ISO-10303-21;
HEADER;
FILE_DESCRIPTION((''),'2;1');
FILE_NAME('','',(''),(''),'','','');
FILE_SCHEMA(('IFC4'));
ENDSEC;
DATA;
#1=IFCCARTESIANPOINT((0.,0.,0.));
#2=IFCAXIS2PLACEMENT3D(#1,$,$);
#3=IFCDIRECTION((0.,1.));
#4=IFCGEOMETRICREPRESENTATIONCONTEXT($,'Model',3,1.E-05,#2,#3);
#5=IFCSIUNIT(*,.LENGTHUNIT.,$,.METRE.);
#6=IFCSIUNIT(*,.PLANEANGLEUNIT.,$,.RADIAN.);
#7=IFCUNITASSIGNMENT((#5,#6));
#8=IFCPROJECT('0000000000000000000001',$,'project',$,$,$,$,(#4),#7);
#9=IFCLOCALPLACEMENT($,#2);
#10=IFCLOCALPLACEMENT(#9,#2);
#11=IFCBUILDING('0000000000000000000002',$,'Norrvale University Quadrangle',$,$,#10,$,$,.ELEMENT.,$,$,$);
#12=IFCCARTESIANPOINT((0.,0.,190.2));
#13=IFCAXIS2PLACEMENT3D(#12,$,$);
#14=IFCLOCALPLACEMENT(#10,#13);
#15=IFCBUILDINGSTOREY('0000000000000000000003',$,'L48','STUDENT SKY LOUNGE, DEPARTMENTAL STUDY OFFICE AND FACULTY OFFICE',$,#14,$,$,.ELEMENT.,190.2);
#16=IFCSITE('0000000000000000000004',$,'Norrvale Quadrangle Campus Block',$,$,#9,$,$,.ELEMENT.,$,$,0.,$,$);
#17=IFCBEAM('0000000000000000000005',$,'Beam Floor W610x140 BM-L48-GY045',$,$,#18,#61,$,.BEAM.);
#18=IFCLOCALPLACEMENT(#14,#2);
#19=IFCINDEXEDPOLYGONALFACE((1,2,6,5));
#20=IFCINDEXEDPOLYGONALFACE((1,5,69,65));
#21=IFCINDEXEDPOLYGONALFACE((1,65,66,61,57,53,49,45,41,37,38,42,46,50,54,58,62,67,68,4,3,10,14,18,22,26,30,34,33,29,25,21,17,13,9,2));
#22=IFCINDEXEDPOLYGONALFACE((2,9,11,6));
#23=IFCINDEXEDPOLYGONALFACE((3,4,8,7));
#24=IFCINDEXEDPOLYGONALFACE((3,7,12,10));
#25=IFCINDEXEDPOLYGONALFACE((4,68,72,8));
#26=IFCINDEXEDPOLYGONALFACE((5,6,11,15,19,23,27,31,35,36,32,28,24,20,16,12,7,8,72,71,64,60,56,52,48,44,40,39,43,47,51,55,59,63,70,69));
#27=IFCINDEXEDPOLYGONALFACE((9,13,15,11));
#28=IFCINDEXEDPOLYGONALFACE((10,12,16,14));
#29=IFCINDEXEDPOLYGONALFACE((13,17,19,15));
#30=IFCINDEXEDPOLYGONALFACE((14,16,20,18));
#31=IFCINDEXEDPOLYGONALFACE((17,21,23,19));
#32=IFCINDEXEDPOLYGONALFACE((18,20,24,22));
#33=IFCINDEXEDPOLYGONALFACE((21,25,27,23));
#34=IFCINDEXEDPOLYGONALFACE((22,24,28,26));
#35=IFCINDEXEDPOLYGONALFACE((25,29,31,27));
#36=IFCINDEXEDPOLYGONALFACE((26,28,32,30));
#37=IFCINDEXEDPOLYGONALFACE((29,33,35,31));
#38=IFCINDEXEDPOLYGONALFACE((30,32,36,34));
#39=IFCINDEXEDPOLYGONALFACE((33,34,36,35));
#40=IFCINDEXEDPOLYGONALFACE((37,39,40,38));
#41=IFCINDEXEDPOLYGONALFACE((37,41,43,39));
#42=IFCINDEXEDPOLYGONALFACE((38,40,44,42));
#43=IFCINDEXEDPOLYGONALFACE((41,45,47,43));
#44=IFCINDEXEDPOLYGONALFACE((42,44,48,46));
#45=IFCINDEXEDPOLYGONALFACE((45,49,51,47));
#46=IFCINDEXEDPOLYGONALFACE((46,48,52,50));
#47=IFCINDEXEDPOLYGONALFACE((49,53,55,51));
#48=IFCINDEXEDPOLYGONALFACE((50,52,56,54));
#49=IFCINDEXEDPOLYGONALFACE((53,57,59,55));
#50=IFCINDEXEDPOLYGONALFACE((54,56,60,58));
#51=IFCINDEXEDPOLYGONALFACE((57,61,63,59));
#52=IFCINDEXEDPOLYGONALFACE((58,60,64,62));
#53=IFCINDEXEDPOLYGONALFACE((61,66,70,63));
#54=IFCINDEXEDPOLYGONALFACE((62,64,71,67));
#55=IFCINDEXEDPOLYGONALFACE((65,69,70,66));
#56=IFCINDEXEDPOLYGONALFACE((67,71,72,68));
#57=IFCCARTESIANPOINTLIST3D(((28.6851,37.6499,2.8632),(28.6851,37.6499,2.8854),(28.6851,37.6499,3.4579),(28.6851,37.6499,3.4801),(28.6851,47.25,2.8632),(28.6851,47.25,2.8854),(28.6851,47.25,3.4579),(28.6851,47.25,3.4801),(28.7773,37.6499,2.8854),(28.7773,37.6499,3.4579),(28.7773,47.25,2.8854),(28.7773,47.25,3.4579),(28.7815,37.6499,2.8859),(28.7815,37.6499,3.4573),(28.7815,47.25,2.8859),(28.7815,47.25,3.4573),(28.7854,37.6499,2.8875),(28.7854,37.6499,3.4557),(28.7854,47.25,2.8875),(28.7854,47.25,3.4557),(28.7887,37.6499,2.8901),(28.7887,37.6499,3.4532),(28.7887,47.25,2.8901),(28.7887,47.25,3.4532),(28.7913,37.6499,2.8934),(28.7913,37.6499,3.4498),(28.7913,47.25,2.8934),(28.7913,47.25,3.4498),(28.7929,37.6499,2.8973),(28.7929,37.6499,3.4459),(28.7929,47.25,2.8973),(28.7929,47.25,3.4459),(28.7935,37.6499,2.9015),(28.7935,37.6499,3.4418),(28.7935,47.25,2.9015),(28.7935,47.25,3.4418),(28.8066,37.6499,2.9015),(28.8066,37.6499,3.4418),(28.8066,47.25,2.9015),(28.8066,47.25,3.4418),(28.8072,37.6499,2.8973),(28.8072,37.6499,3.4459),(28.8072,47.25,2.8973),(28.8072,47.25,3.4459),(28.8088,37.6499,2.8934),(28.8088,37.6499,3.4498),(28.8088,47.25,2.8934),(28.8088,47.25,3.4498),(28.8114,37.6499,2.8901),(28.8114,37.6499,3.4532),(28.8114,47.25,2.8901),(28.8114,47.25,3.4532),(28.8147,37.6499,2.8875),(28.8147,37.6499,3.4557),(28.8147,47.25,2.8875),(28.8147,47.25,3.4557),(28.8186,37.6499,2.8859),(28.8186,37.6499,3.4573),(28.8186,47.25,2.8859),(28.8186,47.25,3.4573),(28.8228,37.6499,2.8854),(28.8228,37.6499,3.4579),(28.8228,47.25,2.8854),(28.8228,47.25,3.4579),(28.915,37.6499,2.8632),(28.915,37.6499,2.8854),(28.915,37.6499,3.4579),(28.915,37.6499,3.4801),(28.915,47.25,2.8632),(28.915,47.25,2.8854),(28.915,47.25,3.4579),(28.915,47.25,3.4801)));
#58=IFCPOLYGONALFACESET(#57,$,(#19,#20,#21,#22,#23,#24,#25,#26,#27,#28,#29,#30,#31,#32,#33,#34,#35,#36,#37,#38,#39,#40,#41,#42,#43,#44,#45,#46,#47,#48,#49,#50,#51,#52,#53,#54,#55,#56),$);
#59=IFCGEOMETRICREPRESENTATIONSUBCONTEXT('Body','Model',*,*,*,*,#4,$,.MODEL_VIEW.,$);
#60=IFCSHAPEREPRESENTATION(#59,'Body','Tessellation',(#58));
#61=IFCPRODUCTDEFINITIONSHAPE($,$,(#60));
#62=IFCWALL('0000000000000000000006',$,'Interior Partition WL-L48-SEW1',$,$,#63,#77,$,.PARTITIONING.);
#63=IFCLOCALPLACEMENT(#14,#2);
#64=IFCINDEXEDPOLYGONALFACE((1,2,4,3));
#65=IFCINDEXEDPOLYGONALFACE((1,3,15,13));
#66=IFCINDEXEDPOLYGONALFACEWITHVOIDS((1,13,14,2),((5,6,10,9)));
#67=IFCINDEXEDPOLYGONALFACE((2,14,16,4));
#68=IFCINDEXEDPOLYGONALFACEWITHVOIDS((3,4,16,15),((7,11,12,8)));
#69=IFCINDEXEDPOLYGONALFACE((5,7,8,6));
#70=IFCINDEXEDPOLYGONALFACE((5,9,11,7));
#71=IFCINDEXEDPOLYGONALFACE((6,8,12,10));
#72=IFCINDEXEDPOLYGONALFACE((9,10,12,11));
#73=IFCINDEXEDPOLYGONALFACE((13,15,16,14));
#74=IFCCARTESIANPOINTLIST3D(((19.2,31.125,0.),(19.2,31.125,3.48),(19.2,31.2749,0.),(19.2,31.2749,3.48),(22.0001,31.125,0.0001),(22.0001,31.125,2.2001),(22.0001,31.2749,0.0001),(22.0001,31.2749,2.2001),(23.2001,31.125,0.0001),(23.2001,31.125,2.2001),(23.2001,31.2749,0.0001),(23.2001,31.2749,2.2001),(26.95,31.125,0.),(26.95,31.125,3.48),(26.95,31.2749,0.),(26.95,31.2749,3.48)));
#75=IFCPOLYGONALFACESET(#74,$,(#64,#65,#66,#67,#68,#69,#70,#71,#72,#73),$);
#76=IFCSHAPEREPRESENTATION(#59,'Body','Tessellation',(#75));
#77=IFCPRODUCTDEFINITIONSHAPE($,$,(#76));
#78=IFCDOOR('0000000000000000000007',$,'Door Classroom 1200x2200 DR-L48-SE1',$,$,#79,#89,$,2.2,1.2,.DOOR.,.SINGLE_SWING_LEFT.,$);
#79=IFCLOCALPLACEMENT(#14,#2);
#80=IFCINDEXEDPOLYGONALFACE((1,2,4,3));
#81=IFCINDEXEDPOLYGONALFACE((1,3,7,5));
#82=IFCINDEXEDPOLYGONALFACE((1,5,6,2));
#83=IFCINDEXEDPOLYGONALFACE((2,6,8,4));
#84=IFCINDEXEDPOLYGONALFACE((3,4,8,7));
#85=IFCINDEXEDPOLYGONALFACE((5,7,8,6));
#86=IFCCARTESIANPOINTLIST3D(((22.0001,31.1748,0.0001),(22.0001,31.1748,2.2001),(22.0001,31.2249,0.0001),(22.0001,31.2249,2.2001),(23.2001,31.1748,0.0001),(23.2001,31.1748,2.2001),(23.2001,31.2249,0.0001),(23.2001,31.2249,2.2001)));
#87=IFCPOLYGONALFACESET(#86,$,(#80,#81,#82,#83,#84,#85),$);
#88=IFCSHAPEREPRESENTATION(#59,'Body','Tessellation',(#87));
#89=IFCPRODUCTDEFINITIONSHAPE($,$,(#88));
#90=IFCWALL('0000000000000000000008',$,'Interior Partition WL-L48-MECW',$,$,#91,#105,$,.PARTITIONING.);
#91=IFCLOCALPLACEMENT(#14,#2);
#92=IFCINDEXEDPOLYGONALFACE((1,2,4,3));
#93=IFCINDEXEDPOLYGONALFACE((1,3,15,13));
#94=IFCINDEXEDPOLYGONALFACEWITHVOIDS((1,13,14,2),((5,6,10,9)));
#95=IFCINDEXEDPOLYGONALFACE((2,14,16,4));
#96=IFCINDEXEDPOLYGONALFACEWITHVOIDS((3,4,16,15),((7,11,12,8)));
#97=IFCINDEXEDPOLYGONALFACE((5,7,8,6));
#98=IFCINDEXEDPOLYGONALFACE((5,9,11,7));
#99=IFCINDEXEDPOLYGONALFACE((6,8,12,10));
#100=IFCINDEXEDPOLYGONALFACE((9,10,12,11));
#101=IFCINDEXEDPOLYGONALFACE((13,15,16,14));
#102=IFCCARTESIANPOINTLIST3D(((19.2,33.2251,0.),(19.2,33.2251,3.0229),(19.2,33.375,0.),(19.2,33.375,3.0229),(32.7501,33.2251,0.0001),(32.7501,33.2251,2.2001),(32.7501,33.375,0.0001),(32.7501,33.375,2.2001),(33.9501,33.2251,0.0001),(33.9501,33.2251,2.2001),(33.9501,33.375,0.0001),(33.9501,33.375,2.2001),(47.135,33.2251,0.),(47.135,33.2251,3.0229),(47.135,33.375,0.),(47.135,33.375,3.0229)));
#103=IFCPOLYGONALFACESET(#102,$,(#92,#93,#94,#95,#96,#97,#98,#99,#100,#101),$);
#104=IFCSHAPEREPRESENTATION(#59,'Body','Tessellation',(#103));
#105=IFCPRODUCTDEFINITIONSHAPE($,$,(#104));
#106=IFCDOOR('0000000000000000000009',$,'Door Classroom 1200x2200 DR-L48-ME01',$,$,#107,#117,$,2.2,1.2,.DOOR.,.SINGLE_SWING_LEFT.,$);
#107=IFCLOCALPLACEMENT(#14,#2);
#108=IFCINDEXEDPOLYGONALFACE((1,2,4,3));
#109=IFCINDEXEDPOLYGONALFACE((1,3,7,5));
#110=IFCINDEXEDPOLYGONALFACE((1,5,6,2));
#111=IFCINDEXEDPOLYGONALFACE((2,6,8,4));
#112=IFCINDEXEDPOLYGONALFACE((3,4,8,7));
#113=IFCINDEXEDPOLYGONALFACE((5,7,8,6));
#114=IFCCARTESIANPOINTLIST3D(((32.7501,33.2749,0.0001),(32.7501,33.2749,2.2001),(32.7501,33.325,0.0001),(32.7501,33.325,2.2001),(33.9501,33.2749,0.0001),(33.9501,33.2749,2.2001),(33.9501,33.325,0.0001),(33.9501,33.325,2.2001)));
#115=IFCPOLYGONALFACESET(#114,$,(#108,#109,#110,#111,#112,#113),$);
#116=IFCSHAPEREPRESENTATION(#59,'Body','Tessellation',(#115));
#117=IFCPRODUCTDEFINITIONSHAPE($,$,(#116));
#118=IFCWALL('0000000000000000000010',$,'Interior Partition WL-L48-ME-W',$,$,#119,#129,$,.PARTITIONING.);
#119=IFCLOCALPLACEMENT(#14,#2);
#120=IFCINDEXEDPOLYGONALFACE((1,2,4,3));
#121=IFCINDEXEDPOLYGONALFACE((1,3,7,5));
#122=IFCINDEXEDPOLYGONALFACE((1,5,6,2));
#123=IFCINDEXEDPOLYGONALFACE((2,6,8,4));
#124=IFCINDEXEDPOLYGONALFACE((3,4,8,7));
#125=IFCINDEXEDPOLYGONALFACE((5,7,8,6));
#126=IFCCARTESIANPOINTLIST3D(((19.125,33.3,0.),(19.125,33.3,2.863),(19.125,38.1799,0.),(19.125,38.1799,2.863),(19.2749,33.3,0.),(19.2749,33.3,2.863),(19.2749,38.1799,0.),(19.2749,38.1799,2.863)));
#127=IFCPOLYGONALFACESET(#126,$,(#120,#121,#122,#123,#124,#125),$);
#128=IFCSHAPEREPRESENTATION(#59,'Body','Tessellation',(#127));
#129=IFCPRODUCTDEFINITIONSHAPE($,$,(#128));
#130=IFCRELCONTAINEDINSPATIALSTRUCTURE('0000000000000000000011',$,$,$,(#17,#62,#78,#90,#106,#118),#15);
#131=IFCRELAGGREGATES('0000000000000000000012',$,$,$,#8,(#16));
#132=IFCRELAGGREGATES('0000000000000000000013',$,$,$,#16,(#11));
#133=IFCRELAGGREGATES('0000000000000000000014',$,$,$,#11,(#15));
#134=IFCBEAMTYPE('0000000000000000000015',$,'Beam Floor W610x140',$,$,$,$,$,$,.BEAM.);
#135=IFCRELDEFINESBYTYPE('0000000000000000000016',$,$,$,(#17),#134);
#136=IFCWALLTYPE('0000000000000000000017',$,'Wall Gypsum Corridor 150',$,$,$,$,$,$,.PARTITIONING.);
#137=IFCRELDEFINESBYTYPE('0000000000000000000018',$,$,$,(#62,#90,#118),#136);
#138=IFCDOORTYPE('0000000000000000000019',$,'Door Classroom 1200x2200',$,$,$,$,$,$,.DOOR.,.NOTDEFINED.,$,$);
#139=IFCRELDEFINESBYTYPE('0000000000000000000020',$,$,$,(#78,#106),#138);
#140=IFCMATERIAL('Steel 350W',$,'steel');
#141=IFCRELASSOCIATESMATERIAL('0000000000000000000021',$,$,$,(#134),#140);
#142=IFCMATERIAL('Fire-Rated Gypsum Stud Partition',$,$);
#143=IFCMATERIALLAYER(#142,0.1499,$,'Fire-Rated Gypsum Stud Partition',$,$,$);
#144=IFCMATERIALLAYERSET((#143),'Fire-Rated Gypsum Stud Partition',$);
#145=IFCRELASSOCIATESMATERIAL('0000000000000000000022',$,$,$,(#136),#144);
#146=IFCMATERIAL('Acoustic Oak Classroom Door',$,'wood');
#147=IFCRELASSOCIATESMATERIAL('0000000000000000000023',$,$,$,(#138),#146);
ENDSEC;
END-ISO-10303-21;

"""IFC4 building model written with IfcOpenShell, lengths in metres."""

from ifc_helpers import new_model, si_unit, direction, frame, frame_2d, origin, origin_2d, place, context, subcontext, project, spatial, rectangle, i_section, extrude, material, layer, layer_set, material_profile, profile_set, type_object, element, fill, save


model = new_model("IFC4")

# Units and contexts
model_context = context("Model", 3, precision=1e-05, world=origin(), true_north=direction((0.0, 1.0)))
body_context = subcontext(model_context, "Body", "Model", "MODEL_VIEW")
ifc_project = project(units=[si_unit("LENGTHUNIT", "METRE"), si_unit("PLANEANGLEUNIT", "RADIAN")], contexts=[model_context])

# Site, building, storey
site_placement = place(None, origin())
site = spatial("IfcSite", under=ifc_project, at=site_placement, Name="Norrvale Quadrangle Campus Block", CompositionType="ELEMENT", RefElevation=0.0)
building_placement = place(site_placement, origin())
building = spatial("IfcBuilding", under=site, at=building_placement, Name="Norrvale University Quadrangle", CompositionType="ELEMENT")
storey_placement = place(building_placement, frame((0.0, 0.0, 190.2)))
storey = spatial("IfcBuildingStorey", under=building, at=storey_placement, Name="L48", Description="STUDENT SKY LOUNGE, DEPARTMENTAL STUDY OFFICE AND FACULTY OFFICE", CompositionType="ELEMENT", Elevation=190.2)

# Beam
ifc_material_1 = material(Name="Steel 350W", Category="steel")
ifc_material_profile_1 = material_profile(ifc_material_1, i_section(OverallWidth=0.23, OverallDepth=0.6169, WebThickness=0.0132, FlangeThickness=0.0222, FilletRadius=0.0161, at=origin_2d()), Name="Steel 350W")
ifc_profile_set_1 = profile_set([ifc_material_profile_1], Name="Steel 350W")
beam_type_1 = type_object("IfcBeamType", Name="Beam Floor W610x140", PredefinedType="BEAM", material=ifc_profile_set_1)
beam_1_placement = place(storey_placement, frame((28.8, 37.6499, 3.1716), z_axis=(0.0, 1.0, 0.0), x_axis=(-1.0, 0.0, 0.0)))
element("IfcBeam", 1, at=beam_1_placement, inside=storey, type_object=beam_type_1, Name="Beam Floor W610x140 BM-L48-GY045", PredefinedType="BEAM", context=body_context, shape_type="SweptSolid", body=[
    extrude(i_section(OverallWidth=0.23, OverallDepth=0.6169, WebThickness=0.0132, FlangeThickness=0.0222, FilletRadius=0.0161, at=origin_2d()), origin(), (0.0, 0.0, 1.0), 9.6001),
])

# Walls, openings, doors
ifc_material_2 = material(Name="Fire-Rated Gypsum Stud Partition")
ifc_layer = layer(ifc_material_2, 0.1499, Name="Fire-Rated Gypsum Stud Partition")
ifc_layer_set = layer_set([ifc_layer], Name="Fire-Rated Gypsum Stud Partition")
wall_type = type_object("IfcWallType", Name="Wall Gypsum Corridor 150", PredefinedType="PARTITIONING", material=ifc_layer_set)
wall_1_placement = place(storey_placement, frame((19.2, 31.2, 0.0), z_axis=(0.0, 0.0, 1.0), x_axis=(1.0, 0.0, 0.0)))
wall_1 = element("IfcWall", 2, at=wall_1_placement, inside=storey, type_object=wall_type, Name="Interior Partition WL-L48-SEW1", PredefinedType="PARTITIONING", context=body_context, shape_type="SweptSolid", body=[
    extrude(rectangle(XDim=7.75, YDim=0.1499, at=frame_2d((3.875, 0.0))), origin(), (0.0, 0.0, 1.0), 3.48),
])
opening_1_placement = place(wall_1_placement, frame((2.8, 0.0, 0.0)))
opening_1 = element("IfcOpeningElement", 3, at=opening_1_placement, cuts=wall_1, PredefinedType="OPENING", context=body_context, shape_type="SweptSolid", body=[
    extrude(rectangle(XDim=1.2, YDim=2.2, at=frame_2d((0.6001, 1.1001))), frame((0.0, 0.0869, 0.0), z_axis=(0.0, -1.0, 0.0), x_axis=(1.0, 0.0, 0.0)), (0.0, 0.0, 1.0), 0.1738),
])
ifc_material_3 = material(Name="Acoustic Oak Classroom Door", Category="wood")
door_type = type_object("IfcDoorType", Name="Door Classroom 1200x2200", OperationType="NOTDEFINED", PredefinedType="DOOR", material=ifc_material_3)
door_1_placement = place(opening_1_placement, origin())
door_1 = element("IfcDoor", 4, at=door_1_placement, inside=storey, type_object=door_type, Name="Door Classroom 1200x2200 DR-L48-SE1", OperationType="SINGLE_SWING_LEFT", OverallHeight=2.2, OverallWidth=1.2, PredefinedType="DOOR", context=body_context, shape_type="SweptSolid", body=[
    extrude(rectangle(XDim=1.2, YDim=2.2, at=frame_2d((0.6001, 1.1001))), frame((0.0, 0.0249, 0.0), z_axis=(0.0, -1.0, 0.0), x_axis=(1.0, 0.0, 0.0)), (0.0, 0.0, 1.0), 0.05),
])
fill(opening_1, door_1)
wall_2_placement = place(storey_placement, frame((19.2, 33.3, 0.0), z_axis=(0.0, 0.0, 1.0), x_axis=(1.0, 0.0, 0.0)))
wall_2 = element("IfcWall", 5, at=wall_2_placement, inside=storey, type_object=wall_type, Name="Interior Partition WL-L48-MECW", PredefinedType="PARTITIONING", context=body_context, shape_type="SweptSolid", body=[
    extrude(rectangle(XDim=27.9351, YDim=0.1499, at=frame_2d((13.9675, 0.0))), origin(), (0.0, 0.0, 1.0), 3.0229),
])
opening_2_placement = place(wall_2_placement, frame((13.55, 0.0, 0.0)))
opening_2 = element("IfcOpeningElement", 6, at=opening_2_placement, cuts=wall_2, PredefinedType="OPENING", context=body_context, shape_type="SweptSolid", body=[
    extrude(rectangle(XDim=1.2, YDim=2.2, at=frame_2d((0.6001, 1.1001))), frame((0.0, 0.0869, 0.0), z_axis=(0.0, -1.0, 0.0), x_axis=(1.0, 0.0, 0.0)), (0.0, 0.0, 1.0), 0.1738),
])
door_2_placement = place(opening_2_placement, origin())
door_2 = element("IfcDoor", 7, at=door_2_placement, inside=storey, type_object=door_type, Name="Door Classroom 1200x2200 DR-L48-ME01", OperationType="SINGLE_SWING_LEFT", OverallHeight=2.2, OverallWidth=1.2, PredefinedType="DOOR", context=body_context, shape_type="SweptSolid", body=[
    extrude(rectangle(XDim=1.2, YDim=2.2, at=frame_2d((0.6001, 1.1001))), frame((0.0, 0.0249, 0.0), z_axis=(0.0, -1.0, 0.0), x_axis=(1.0, 0.0, 0.0)), (0.0, 0.0, 1.0), 0.05),
])
fill(opening_2, door_2)

# Wall
wall_3_placement = place(storey_placement, frame((19.2, 33.3, 0.0), z_axis=(0.0, 0.0, 1.0), x_axis=(0.0, 1.0, 0.0)))
element("IfcWall", 8, at=wall_3_placement, inside=storey, type_object=wall_type, Name="Interior Partition WL-L48-ME-W", PredefinedType="PARTITIONING", context=body_context, shape_type="SweptSolid", body=[
    extrude(rectangle(XDim=4.8799, YDim=0.1499, at=frame_2d((2.4399, 0.0))), origin(), (0.0, 0.0, 1.0), 2.863),
])

save(model, "model.ifc")
